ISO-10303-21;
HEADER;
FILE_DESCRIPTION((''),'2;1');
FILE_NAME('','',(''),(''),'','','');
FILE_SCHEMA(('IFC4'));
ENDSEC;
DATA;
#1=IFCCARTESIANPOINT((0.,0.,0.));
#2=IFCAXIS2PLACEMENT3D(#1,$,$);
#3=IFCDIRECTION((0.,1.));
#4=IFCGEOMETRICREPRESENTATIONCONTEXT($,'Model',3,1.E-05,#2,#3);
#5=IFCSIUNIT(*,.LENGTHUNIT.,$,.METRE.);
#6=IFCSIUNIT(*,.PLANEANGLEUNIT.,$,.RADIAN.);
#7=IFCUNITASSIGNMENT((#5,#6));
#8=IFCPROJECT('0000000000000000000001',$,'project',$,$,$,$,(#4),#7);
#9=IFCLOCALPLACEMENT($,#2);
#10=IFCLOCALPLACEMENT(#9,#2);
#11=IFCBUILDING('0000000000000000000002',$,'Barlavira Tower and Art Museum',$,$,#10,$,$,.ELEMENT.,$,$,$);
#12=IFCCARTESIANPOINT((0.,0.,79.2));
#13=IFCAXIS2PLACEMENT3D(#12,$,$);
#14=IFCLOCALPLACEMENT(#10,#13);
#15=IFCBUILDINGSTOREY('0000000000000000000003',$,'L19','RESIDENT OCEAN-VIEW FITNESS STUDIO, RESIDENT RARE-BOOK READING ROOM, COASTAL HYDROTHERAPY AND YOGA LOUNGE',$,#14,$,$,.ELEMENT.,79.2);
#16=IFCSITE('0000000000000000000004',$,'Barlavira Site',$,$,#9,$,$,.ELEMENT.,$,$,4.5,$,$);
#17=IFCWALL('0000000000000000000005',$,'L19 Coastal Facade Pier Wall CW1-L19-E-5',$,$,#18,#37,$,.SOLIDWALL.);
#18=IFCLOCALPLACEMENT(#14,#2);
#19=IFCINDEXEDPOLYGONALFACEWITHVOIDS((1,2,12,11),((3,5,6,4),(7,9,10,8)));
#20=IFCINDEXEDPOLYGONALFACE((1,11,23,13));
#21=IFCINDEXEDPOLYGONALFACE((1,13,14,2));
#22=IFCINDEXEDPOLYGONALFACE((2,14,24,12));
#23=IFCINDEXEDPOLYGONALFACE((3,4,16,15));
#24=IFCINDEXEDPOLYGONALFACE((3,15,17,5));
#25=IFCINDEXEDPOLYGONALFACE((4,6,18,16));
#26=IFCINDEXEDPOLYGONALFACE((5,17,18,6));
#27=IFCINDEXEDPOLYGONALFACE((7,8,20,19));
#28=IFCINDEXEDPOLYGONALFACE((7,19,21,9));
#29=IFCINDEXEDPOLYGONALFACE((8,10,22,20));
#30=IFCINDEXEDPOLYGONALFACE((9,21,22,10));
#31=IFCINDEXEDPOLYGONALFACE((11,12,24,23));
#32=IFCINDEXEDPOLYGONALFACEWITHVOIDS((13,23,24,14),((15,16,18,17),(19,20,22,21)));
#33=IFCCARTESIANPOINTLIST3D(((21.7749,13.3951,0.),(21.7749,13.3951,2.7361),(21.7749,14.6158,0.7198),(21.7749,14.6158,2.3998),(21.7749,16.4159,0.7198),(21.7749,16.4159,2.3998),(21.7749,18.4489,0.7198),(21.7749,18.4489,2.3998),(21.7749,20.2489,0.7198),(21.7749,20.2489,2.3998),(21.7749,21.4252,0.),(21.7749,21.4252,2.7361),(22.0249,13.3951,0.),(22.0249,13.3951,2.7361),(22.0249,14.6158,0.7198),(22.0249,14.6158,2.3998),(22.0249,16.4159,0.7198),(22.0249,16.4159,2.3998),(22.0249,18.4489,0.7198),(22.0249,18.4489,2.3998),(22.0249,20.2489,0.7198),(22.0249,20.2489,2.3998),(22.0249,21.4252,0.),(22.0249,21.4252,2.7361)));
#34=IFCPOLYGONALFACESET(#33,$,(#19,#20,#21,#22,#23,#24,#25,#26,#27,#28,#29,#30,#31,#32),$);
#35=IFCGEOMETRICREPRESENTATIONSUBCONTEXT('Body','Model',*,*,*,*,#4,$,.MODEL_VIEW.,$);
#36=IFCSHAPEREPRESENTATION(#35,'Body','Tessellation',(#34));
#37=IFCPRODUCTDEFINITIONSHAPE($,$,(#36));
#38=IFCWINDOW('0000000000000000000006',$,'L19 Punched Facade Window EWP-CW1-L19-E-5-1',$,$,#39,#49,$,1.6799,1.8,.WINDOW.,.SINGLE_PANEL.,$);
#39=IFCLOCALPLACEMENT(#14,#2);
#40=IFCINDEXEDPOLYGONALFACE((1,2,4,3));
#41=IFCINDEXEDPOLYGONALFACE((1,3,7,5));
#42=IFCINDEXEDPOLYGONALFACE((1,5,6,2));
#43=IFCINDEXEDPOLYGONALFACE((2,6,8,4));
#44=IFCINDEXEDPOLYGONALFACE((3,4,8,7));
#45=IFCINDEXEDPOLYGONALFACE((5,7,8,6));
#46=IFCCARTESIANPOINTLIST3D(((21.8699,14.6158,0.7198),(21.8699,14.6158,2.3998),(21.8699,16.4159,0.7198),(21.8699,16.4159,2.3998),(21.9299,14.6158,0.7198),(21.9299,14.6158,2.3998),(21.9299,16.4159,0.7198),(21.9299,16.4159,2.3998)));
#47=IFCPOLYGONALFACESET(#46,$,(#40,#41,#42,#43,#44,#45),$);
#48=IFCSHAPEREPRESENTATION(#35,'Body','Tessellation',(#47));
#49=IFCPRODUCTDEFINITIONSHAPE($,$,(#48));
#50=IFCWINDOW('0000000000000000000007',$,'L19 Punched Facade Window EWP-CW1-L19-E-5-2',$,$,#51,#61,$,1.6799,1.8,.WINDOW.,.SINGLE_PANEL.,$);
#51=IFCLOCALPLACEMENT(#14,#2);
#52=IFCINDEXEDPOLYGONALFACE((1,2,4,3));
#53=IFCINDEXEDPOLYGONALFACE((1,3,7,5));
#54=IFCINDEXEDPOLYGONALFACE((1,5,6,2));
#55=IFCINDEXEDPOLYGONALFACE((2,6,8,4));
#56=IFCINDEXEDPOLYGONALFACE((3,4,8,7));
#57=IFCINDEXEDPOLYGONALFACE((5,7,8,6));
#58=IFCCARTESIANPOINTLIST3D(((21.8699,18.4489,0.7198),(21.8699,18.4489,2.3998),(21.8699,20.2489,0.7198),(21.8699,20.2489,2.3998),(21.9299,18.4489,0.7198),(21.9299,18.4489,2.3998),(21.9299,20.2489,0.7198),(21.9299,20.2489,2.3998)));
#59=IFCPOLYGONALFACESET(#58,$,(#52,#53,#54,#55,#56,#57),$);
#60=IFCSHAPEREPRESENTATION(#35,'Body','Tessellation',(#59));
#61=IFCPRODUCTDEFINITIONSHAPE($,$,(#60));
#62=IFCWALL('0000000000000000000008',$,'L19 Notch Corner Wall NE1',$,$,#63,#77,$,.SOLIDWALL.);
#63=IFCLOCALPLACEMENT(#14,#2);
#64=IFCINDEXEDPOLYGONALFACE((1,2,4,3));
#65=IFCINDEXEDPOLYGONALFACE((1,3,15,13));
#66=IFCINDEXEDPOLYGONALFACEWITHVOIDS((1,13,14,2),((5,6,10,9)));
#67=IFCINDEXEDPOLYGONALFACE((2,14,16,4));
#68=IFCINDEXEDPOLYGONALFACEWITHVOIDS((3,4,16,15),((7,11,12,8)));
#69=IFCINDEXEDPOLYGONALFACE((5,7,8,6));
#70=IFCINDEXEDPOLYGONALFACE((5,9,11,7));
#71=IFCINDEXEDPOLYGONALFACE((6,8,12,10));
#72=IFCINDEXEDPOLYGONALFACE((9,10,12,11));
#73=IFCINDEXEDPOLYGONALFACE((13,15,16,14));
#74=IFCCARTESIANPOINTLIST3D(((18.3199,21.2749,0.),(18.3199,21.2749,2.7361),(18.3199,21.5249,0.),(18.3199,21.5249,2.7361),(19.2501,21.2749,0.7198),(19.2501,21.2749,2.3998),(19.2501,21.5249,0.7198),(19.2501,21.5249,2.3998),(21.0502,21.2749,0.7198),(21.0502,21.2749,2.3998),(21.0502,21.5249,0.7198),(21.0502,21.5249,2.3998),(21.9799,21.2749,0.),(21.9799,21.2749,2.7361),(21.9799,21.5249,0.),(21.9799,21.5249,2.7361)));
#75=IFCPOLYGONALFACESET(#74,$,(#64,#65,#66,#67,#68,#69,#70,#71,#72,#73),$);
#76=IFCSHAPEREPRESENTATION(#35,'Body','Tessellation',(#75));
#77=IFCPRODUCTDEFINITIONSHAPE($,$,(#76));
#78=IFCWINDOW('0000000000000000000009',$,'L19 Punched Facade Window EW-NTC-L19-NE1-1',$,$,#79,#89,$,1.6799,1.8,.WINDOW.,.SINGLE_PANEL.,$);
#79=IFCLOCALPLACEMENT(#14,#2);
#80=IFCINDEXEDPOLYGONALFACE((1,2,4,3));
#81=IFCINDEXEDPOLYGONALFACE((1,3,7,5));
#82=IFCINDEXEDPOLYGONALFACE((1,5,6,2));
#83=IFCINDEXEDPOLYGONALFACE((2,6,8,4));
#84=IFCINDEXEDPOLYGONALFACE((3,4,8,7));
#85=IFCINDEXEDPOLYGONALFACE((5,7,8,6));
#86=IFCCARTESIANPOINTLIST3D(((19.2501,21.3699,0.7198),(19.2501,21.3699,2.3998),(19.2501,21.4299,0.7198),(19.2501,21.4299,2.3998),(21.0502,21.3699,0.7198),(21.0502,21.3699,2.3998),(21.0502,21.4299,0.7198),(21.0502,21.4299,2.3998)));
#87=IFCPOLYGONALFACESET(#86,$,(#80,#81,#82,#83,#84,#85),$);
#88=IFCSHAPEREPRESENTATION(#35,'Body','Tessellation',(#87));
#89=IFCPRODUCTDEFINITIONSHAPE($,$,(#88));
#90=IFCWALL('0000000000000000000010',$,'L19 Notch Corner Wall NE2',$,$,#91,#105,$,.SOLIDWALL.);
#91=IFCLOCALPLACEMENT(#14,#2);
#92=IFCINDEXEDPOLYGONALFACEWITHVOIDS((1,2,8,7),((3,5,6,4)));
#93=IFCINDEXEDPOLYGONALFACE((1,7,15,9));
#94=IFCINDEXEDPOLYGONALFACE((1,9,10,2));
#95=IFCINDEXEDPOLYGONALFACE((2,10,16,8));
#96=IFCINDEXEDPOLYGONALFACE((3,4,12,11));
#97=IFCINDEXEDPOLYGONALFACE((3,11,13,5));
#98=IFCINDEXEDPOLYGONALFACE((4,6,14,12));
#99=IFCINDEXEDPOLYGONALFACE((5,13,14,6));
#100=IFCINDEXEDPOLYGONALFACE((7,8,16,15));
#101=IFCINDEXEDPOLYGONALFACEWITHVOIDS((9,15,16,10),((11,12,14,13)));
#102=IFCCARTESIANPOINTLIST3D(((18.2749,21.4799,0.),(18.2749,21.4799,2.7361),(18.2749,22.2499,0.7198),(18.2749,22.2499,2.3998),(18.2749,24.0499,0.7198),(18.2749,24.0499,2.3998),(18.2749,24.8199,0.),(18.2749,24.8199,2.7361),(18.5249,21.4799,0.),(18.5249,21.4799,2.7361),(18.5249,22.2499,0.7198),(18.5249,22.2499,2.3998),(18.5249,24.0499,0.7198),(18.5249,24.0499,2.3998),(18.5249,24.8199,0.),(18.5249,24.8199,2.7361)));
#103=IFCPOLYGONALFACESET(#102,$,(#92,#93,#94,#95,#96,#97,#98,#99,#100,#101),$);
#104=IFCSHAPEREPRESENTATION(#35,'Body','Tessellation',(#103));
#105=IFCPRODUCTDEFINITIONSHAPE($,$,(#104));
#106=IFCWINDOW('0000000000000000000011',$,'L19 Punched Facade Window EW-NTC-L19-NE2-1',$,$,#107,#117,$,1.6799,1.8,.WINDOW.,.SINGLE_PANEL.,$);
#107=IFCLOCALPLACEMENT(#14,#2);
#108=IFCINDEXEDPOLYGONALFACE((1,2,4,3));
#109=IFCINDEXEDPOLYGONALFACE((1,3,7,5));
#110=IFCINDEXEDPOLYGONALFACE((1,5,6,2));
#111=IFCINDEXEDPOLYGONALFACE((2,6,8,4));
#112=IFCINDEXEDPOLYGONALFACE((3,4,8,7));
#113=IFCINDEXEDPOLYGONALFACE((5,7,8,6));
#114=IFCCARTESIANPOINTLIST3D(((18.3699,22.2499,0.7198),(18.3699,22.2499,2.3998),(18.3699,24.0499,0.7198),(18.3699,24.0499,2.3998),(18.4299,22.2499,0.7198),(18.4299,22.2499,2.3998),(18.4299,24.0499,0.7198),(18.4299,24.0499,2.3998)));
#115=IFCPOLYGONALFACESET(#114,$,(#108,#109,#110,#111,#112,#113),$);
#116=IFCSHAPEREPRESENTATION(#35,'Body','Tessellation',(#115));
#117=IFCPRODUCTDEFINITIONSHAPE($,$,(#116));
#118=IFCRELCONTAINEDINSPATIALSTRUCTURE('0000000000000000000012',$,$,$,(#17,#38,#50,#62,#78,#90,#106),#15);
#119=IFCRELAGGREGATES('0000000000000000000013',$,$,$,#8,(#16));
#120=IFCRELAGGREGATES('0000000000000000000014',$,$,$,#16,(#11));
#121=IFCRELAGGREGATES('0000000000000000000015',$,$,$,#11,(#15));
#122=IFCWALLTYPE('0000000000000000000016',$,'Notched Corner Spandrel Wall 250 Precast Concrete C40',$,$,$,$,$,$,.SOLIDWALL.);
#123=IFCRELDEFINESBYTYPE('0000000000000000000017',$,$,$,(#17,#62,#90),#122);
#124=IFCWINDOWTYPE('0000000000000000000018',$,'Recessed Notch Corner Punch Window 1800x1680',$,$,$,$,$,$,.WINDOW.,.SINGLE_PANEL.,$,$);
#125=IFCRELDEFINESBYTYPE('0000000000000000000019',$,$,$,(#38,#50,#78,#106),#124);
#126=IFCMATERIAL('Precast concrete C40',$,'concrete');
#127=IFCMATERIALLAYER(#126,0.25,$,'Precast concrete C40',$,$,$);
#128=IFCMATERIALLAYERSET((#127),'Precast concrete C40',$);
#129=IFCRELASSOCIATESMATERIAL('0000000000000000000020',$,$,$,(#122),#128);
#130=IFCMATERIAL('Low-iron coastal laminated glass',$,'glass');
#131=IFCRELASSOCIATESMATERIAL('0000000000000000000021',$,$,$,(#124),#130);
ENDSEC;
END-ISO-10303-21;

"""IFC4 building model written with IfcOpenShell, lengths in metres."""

from ifc_helpers import new_model, si_unit, direction, frame, frame_2d, origin, place, context, subcontext, project, spatial, rectangle, extrude, material, layer, layer_set, type_object, element, fill, save


model = new_model("IFC4")

# Units and contexts
model_context = context("Model", 3, precision=1e-05, world=origin(), true_north=direction((0.0, 1.0)))
body_context = subcontext(model_context, "Body", "Model", "MODEL_VIEW")
ifc_project = project(units=[si_unit("LENGTHUNIT", "METRE"), si_unit("PLANEANGLEUNIT", "RADIAN")], contexts=[model_context])

# Site, building, storey
site_placement = place(None, origin())
site = spatial("IfcSite", under=ifc_project, at=site_placement, Name="Barlavira Site", CompositionType="ELEMENT", RefElevation=4.5)
building_placement = place(site_placement, origin())
building = spatial("IfcBuilding", under=site, at=building_placement, Name="Barlavira Tower and Art Museum", CompositionType="ELEMENT")
storey_placement = place(building_placement, frame((0.0, 0.0, 79.2)))
storey = spatial("IfcBuildingStorey", under=building, at=storey_placement, Name="L19", Description="RESIDENT OCEAN-VIEW FITNESS STUDIO, RESIDENT RARE-BOOK READING ROOM, COASTAL HYDROTHERAPY AND YOGA LOUNGE", CompositionType="ELEMENT", Elevation=79.2)

# Shared definitions
ifc_material_1 = material(Name="Precast concrete C40", Category="concrete")
ifc_layer_1 = layer(ifc_material_1, 0.25, Name="Precast concrete C40")
ifc_layer_set_1 = layer_set([ifc_layer_1], Name="Precast concrete C40")
wall_type_1 = type_object("IfcWallType", Name="Notched Corner Spandrel Wall 250 Precast Concrete C40", PredefinedType="SOLIDWALL", material=ifc_layer_set_1)
ifc_material_2 = material(Name="Low-iron coastal laminated glass", Category="glass")
window_type = type_object("IfcWindowType", Name="Recessed Notch Corner Punch Window 1800x1680", PartitioningType="SINGLE_PANEL", PredefinedType="WINDOW", material=ifc_material_2)

# Wall, openings, windows
wall_1_placement = place(storey_placement, frame((21.8999, 13.395, 0.0), z_axis=(0.0, 0.0, 1.0), x_axis=(0.0, 1.0, 0.0)))
wall_1 = element("IfcWall", 1, at=wall_1_placement, inside=storey, type_object=wall_type_1, Name="L19 Coastal Facade Pier Wall CW1-L19-E-5", PredefinedType="SOLIDWALL", context=body_context, shape_type="SweptSolid", body=[
    extrude(rectangle(XDim=8.03, YDim=0.25, at=frame_2d((4.0151, 0.0))), origin(), (0.0, 0.0, 1.0), 2.7361),
])
opening_1_placement = place(wall_1_placement, frame((1.2209, 0.0, 0.72)))
opening_1 = element("IfcOpeningElement", 2, at=opening_1_placement, cuts=wall_1, PredefinedType="OPENING", context=body_context, shape_type="SweptSolid", body=[
    extrude(rectangle(XDim=1.8, YDim=1.6799, at=frame_2d((0.8999, 0.8398))), frame((0.0, 0.135, 0.0), z_axis=(0.0, -1.0, 0.0), x_axis=(1.0, 0.0, 0.0)), (0.0, 0.0, 1.0), 0.27),
])
opening_2_placement = place(wall_1_placement, frame((5.054, 0.0, 0.72)))
opening_2 = element("IfcOpeningElement", 3, at=opening_2_placement, cuts=wall_1, PredefinedType="OPENING", context=body_context, shape_type="SweptSolid", body=[
    extrude(rectangle(XDim=1.8, YDim=1.6799, at=frame_2d((0.8999, 0.8398))), frame((0.0, 0.135, 0.0), z_axis=(0.0, -1.0, 0.0), x_axis=(1.0, 0.0, 0.0)), (0.0, 0.0, 1.0), 0.27),
])
window_1_placement = place(opening_1_placement, origin())
window_1 = element("IfcWindow", 4, at=window_1_placement, inside=storey, type_object=window_type, Name="L19 Punched Facade Window EWP-CW1-L19-E-5-1", OverallHeight=1.6799, OverallWidth=1.8, PartitioningType="SINGLE_PANEL", PredefinedType="WINDOW", context=body_context, shape_type="SweptSolid", body=[
    extrude(rectangle(XDim=1.8, YDim=1.6799, at=frame_2d((0.8999, 0.8398))), frame((0.0, 0.03, 0.0), z_axis=(0.0, -1.0, 0.0), x_axis=(1.0, 0.0, 0.0)), (0.0, 0.0, 1.0), 0.0601),
])
fill(opening_1, window_1)
window_2_placement = place(opening_2_placement, origin())
window_2 = element("IfcWindow", 5, at=window_2_placement, inside=storey, type_object=window_type, Name="L19 Punched Facade Window EWP-CW1-L19-E-5-2", OverallHeight=1.6799, OverallWidth=1.8, PartitioningType="SINGLE_PANEL", PredefinedType="WINDOW", context=body_context, shape_type="SweptSolid", body=[
    extrude(rectangle(XDim=1.8, YDim=1.6799, at=frame_2d((0.8999, 0.8398))), frame((0.0, 0.03, 0.0), z_axis=(0.0, -1.0, 0.0), x_axis=(1.0, 0.0, 0.0)), (0.0, 0.0, 1.0), 0.0601),
])
fill(opening_2, window_2)

# Walls, openings, windows
wall_2_placement = place(storey_placement, frame((21.98, 21.3999, 0.0), z_axis=(0.0, 0.0, 1.0), x_axis=(-1.0, 0.0, 0.0)))
wall_2 = element("IfcWall", 6, at=wall_2_placement, inside=storey, type_object=wall_type_1, Name="L19 Notch Corner Wall NE1", PredefinedType="SOLIDWALL", context=body_context, shape_type="SweptSolid", body=[
    extrude(rectangle(XDim=3.6599, YDim=0.25, at=frame_2d((1.8301, 0.0))), origin(), (0.0, 0.0, 1.0), 2.7361),
])
opening_3_placement = place(wall_2_placement, frame((0.9299, 0.0, 0.72)))
opening_3 = element("IfcOpeningElement", 7, at=opening_3_placement, cuts=wall_2, PredefinedType="OPENING", context=body_context, shape_type="SweptSolid", body=[
    extrude(rectangle(XDim=1.8, YDim=1.6799, at=frame_2d((0.8999, 0.8398))), frame((0.0, 0.135, 0.0), z_axis=(0.0, -1.0, 0.0), x_axis=(1.0, 0.0, 0.0)), (0.0, 0.0, 1.0), 0.27),
])
window_3_placement = place(opening_3_placement, origin())
window_3 = element("IfcWindow", 8, at=window_3_placement, inside=storey, type_object=window_type, Name="L19 Punched Facade Window EW-NTC-L19-NE1-1", OverallHeight=1.6799, OverallWidth=1.8, PartitioningType="SINGLE_PANEL", PredefinedType="WINDOW", context=body_context, shape_type="SweptSolid", body=[
    extrude(rectangle(XDim=1.8, YDim=1.6799, at=frame_2d((0.8999, 0.8398))), frame((0.0, 0.03, 0.0), z_axis=(0.0, -1.0, 0.0), x_axis=(1.0, 0.0, 0.0)), (0.0, 0.0, 1.0), 0.0601),
])
fill(opening_3, window_3)
wall_3_placement = place(storey_placement, frame((18.3999, 21.48, 0.0), z_axis=(0.0, 0.0, 1.0), x_axis=(0.0, 1.0, 0.0)))
wall_3 = element("IfcWall", 9, at=wall_3_placement, inside=storey, type_object=wall_type_1, Name="L19 Notch Corner Wall NE2", PredefinedType="SOLIDWALL", context=body_context, shape_type="SweptSolid", body=[
    extrude(rectangle(XDim=3.3401, YDim=0.25, at=frame_2d((1.6699, 0.0))), origin(), (0.0, 0.0, 1.0), 2.7361),
])
opening_4_placement = place(wall_3_placement, frame((0.77, 0.0, 0.72)))
opening_4 = element("IfcOpeningElement", 10, at=opening_4_placement, cuts=wall_3, PredefinedType="OPENING", context=body_context, shape_type="SweptSolid", body=[
    extrude(rectangle(XDim=1.8, YDim=1.6799, at=frame_2d((0.8999, 0.8398))), frame((0.0, 0.135, 0.0), z_axis=(0.0, -1.0, 0.0), x_axis=(1.0, 0.0, 0.0)), (0.0, 0.0, 1.0), 0.27),
])
window_4_placement = place(opening_4_placement, origin())
window_4 = element("IfcWindow", 11, at=window_4_placement, inside=storey, type_object=window_type, Name="L19 Punched Facade Window EW-NTC-L19-NE2-1", OverallHeight=1.6799, OverallWidth=1.8, PartitioningType="SINGLE_PANEL", PredefinedType="WINDOW", context=body_context, shape_type="SweptSolid", body=[
    extrude(rectangle(XDim=1.8, YDim=1.6799, at=frame_2d((0.8999, 0.8398))), frame((0.0, 0.03, 0.0), z_axis=(0.0, -1.0, 0.0), x_axis=(1.0, 0.0, 0.0)), (0.0, 0.0, 1.0), 0.0601),
])
fill(opening_4, window_4)

save(model, "model.ifc")
